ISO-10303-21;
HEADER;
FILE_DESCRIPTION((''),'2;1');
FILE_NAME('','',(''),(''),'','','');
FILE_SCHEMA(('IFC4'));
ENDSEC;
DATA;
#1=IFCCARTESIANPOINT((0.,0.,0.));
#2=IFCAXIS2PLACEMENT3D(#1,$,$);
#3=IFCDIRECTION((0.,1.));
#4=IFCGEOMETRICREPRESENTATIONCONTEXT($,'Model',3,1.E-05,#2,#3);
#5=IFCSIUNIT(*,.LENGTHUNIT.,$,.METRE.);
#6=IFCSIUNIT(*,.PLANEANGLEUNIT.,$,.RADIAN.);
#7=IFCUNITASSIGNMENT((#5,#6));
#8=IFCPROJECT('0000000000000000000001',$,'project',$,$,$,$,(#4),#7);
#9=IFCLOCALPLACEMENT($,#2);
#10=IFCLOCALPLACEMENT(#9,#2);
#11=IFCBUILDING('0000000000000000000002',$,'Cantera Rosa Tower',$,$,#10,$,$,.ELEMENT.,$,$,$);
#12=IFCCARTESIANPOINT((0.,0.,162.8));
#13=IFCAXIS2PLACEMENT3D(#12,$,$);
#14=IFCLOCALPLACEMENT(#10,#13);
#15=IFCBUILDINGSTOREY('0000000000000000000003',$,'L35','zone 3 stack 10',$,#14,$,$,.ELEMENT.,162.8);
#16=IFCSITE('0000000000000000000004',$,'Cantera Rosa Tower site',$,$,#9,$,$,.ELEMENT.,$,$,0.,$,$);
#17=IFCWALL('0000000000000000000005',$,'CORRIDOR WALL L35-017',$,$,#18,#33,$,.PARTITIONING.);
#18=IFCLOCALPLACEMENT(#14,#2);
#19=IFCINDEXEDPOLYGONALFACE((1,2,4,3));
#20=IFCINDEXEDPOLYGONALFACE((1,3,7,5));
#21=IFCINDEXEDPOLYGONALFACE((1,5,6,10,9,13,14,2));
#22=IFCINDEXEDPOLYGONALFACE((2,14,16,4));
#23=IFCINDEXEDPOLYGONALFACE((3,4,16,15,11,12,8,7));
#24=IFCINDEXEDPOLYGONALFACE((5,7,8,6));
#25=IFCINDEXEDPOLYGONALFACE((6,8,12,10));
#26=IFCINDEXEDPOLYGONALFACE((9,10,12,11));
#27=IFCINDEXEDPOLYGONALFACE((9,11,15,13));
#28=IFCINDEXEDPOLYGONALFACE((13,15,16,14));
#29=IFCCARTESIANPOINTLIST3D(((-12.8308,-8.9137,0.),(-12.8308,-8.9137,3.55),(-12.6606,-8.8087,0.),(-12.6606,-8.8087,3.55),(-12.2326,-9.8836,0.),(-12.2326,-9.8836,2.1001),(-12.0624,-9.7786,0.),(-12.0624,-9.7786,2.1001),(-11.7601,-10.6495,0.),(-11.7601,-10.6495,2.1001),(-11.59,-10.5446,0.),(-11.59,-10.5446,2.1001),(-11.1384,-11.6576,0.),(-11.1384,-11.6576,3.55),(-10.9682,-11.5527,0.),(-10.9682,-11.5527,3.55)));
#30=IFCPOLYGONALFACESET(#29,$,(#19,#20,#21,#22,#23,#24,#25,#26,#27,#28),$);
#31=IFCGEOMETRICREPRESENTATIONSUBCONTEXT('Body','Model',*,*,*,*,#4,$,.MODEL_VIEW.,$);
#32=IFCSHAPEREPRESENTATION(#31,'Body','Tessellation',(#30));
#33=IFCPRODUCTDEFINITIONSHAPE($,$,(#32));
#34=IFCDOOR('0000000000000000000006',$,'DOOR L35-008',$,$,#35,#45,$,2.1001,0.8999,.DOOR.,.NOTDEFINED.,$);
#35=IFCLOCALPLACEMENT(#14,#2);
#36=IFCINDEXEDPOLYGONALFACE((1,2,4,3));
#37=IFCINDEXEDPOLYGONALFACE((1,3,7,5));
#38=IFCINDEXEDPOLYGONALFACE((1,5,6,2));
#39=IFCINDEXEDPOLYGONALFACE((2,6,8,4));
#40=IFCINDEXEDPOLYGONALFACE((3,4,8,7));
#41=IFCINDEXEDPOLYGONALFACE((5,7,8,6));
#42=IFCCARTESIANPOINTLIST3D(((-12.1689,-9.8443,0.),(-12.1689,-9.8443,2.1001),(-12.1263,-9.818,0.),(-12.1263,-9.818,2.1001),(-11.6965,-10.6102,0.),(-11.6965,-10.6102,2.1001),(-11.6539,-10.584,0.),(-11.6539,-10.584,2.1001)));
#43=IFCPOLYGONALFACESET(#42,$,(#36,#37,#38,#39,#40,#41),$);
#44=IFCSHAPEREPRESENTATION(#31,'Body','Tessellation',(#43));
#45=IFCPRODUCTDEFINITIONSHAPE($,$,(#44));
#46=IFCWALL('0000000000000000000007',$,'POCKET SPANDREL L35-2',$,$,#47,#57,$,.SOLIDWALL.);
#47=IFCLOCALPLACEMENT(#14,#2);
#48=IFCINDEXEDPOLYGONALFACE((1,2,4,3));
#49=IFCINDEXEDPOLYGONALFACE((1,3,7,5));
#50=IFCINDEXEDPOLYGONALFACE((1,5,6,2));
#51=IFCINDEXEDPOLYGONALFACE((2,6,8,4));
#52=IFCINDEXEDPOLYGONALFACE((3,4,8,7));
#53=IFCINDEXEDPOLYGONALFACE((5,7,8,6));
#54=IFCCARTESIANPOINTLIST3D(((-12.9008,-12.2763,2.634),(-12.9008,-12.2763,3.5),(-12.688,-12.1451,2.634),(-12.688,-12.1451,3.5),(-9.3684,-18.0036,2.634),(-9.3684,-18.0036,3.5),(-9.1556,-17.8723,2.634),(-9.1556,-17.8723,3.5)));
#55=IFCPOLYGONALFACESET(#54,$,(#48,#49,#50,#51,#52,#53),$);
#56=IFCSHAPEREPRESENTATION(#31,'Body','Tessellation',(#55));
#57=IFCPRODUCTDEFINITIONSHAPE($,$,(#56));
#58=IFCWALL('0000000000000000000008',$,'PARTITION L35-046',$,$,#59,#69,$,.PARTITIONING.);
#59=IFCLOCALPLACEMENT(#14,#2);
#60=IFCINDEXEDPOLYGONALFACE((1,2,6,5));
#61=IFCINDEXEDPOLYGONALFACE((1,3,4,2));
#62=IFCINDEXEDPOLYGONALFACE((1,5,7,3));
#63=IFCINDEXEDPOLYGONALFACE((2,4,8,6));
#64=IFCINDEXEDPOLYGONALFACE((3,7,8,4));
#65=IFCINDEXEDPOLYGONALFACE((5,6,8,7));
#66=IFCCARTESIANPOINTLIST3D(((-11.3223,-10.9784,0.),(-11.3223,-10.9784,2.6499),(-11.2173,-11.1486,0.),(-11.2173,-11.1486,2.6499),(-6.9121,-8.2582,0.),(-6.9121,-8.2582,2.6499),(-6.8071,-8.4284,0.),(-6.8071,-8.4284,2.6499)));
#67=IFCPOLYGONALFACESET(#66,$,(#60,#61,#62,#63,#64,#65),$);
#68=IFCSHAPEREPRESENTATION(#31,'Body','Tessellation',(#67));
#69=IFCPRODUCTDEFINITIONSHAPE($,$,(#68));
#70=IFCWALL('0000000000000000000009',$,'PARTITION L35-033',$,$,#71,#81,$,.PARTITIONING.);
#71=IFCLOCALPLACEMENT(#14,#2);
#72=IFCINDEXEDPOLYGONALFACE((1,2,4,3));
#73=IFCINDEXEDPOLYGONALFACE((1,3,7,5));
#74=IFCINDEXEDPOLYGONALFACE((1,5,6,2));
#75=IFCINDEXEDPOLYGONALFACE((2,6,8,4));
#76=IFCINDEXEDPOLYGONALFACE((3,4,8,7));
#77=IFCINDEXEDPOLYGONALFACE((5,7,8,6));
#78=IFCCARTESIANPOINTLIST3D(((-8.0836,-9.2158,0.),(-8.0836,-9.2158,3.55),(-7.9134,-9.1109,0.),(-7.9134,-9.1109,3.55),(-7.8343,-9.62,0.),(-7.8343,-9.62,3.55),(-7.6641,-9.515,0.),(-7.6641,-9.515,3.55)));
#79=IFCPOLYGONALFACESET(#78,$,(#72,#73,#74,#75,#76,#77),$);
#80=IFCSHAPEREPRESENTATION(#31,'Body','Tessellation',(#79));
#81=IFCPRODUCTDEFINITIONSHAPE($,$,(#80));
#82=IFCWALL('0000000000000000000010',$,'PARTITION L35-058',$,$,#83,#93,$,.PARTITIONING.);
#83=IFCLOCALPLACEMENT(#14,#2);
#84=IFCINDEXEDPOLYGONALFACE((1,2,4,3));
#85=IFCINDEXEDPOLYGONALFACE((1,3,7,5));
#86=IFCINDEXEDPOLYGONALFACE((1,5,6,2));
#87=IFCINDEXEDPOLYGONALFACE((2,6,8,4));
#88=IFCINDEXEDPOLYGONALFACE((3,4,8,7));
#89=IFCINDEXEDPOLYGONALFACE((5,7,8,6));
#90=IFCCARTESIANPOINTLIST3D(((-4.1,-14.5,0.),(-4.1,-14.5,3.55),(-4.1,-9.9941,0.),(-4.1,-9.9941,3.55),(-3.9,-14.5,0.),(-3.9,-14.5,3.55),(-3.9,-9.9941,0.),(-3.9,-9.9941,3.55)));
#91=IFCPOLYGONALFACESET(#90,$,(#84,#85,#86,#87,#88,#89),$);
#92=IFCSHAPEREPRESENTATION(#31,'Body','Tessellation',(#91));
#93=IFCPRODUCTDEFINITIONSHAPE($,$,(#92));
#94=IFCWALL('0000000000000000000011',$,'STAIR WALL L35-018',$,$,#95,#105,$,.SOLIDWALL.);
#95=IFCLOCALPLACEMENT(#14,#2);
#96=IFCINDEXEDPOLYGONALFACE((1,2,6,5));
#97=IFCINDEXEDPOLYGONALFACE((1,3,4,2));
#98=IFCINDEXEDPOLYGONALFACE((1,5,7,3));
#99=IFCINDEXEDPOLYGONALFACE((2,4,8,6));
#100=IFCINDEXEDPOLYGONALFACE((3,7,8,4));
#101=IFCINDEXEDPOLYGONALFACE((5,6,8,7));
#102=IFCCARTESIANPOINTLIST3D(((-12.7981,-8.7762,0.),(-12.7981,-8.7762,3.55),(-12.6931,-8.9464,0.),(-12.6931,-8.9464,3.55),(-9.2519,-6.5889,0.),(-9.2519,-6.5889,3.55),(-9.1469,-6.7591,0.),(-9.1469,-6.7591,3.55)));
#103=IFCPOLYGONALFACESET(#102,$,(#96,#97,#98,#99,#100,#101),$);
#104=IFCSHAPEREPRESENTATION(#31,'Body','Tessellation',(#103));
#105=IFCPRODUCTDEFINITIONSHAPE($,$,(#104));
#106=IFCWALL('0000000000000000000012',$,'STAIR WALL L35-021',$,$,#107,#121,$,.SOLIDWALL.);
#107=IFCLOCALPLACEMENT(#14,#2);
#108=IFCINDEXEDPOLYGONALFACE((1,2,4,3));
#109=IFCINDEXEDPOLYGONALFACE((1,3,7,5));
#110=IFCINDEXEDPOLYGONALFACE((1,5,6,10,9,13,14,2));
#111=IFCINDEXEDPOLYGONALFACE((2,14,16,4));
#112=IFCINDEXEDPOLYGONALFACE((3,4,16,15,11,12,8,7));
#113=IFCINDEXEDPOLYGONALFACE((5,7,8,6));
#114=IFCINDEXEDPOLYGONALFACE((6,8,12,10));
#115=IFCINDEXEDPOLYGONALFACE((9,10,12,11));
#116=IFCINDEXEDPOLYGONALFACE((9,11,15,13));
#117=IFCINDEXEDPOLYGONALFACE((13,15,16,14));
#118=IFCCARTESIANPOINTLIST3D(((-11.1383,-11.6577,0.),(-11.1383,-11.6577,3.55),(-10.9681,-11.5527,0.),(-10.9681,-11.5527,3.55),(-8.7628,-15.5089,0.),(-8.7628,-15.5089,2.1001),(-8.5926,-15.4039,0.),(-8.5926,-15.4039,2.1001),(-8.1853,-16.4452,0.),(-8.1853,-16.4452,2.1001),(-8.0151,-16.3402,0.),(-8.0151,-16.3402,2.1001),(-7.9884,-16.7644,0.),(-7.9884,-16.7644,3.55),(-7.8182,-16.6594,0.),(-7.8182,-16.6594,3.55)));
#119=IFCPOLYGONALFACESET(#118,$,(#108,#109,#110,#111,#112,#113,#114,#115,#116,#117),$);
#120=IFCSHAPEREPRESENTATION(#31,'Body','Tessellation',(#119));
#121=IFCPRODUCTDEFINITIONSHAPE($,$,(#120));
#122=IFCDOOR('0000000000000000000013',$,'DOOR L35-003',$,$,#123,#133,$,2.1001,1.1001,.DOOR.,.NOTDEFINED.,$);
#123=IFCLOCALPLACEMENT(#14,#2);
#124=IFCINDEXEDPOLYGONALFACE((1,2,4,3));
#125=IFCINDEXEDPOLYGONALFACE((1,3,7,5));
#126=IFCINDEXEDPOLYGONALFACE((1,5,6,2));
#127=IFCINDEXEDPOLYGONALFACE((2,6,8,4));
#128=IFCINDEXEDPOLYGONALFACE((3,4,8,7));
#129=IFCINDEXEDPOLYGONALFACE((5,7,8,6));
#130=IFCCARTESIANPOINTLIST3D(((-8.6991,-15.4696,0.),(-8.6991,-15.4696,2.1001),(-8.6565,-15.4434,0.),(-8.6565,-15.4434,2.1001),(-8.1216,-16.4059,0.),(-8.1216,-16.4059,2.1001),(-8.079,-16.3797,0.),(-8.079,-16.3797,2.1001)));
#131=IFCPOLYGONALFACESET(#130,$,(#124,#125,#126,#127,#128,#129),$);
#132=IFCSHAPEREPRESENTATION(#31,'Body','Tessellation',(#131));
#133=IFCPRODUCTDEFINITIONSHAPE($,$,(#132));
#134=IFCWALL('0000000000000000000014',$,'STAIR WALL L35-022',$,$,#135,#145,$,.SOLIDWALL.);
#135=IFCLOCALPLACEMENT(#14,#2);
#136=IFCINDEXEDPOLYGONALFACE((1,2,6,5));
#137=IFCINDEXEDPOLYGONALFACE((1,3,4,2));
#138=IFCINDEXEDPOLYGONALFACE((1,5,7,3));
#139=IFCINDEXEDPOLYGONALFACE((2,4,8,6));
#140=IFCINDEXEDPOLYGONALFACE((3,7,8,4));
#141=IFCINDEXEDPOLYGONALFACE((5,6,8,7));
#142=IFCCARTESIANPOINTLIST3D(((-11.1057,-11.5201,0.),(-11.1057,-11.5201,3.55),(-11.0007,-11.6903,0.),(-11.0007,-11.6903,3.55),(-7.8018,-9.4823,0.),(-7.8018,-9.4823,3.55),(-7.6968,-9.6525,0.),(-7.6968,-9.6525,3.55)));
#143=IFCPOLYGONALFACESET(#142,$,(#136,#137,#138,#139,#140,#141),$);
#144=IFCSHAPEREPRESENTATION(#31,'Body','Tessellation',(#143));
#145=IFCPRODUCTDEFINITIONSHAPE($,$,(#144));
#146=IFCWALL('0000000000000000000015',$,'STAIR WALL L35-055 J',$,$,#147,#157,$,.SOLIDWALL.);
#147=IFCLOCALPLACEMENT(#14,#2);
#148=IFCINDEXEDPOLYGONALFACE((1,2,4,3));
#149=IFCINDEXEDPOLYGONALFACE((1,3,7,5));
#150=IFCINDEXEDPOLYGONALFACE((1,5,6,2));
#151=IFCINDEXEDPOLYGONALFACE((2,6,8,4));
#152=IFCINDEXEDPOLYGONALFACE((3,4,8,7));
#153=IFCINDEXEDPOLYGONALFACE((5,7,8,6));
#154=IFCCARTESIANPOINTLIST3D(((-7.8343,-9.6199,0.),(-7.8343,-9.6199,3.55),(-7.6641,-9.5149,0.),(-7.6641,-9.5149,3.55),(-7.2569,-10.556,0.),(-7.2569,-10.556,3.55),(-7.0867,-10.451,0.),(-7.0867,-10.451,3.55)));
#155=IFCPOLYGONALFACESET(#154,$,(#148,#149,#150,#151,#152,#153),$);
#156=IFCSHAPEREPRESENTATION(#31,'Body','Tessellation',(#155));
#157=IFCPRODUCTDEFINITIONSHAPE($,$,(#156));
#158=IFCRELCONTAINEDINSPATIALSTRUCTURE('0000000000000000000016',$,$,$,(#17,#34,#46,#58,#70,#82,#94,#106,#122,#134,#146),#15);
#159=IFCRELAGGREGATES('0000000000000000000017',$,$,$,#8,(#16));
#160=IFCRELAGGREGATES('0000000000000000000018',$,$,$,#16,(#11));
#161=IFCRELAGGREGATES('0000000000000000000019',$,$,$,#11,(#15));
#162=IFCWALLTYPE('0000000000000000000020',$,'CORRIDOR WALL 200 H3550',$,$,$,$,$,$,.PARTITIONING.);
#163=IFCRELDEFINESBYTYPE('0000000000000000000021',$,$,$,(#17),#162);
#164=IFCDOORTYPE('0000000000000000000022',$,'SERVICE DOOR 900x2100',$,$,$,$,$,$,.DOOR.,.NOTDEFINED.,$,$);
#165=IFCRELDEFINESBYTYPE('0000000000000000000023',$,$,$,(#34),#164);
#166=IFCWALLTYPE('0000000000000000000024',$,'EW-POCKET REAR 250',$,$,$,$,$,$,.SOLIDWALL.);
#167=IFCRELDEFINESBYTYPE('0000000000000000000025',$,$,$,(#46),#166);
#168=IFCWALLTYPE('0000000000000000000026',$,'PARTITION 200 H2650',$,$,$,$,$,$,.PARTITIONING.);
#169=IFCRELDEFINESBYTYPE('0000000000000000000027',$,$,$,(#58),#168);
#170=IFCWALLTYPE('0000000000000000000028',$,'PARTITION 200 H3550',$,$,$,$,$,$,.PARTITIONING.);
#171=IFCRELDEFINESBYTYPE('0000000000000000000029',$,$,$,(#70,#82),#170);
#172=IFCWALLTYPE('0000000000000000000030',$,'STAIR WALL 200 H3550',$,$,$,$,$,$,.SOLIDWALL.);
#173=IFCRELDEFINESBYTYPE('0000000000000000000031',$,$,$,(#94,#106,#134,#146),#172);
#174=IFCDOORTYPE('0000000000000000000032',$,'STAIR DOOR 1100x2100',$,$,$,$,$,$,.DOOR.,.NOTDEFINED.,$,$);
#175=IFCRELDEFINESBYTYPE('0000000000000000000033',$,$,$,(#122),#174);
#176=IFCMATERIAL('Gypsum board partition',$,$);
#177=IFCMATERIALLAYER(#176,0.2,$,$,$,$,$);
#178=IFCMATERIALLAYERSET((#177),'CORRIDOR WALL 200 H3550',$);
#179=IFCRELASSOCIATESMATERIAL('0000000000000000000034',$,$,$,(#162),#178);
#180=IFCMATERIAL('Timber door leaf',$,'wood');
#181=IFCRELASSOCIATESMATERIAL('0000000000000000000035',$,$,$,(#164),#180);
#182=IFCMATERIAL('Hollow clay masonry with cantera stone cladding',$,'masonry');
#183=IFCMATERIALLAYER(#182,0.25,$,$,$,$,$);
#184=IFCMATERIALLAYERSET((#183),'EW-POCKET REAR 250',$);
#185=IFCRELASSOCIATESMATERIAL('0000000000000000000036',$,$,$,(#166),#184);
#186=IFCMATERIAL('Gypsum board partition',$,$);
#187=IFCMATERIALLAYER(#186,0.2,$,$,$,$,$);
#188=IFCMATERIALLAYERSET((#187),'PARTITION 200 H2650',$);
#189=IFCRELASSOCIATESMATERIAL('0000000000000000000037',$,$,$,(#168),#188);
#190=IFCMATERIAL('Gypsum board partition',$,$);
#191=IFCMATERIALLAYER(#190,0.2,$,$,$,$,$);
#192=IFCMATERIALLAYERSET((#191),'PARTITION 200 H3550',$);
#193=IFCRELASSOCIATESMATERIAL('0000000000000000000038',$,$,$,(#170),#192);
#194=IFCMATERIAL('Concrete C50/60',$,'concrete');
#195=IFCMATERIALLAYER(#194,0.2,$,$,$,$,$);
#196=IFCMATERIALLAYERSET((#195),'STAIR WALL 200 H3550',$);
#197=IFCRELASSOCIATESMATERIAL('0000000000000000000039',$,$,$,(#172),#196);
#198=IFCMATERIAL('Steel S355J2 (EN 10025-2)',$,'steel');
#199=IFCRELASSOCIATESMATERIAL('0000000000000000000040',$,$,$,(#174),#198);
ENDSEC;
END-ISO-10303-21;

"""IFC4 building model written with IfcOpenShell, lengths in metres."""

from ifc_helpers import new_model, si_unit, direction, frame, frame_2d, origin, place, context, subcontext, project, spatial, rectangle, extrude, material, layer, layer_set, type_object, element, fill, save


model = new_model("IFC4")

# Units and contexts
model_context = context("Model", 3, precision=1e-05, world=origin(), true_north=direction((0.0, 1.0)))
body_context = subcontext(model_context, "Body", "Model", "MODEL_VIEW")
ifc_project = project(units=[si_unit("LENGTHUNIT", "METRE"), si_unit("PLANEANGLEUNIT", "RADIAN")], contexts=[model_context])

# Site, building, storey
site_placement = place(None, origin())
site = spatial("IfcSite", under=ifc_project, at=site_placement, Name="Cantera Rosa Tower site", CompositionType="ELEMENT", RefElevation=0.0)
building_placement = place(site_placement, origin())
building = spatial("IfcBuilding", under=site, at=building_placement, Name="Cantera Rosa Tower", CompositionType="ELEMENT")
storey_placement = place(building_placement, frame((0.0, 0.0, 162.8)))
storey = spatial("IfcBuildingStorey", under=building, at=storey_placement, Name="L35", Description="zone 3 stack 10", CompositionType="ELEMENT", Elevation=162.8)

# Wall, opening, door
ifc_material_1 = material(Name="Gypsum board partition")
ifc_layer_1 = layer(ifc_material_1, 0.2)
ifc_layer_set_1 = layer_set([ifc_layer_1], Name="CORRIDOR WALL 200 H3550")
wall_type_1 = type_object("IfcWallType", Name="CORRIDOR WALL 200 H3550", PredefinedType="PARTITIONING", material=ifc_layer_set_1)
wall_1_placement = place(storey_placement, frame((-12.7456, -8.8613, 0.0), z_axis=(0.0, 0.0, 1.0), x_axis=(0.524959, -0.851127, 0.0)))
wall_1 = element("IfcWall", 1, at=wall_1_placement, inside=storey, type_object=wall_type_1, Name="CORRIDOR WALL L35-017", PredefinedType="PARTITIONING", context=body_context, shape_type="SweptSolid", body=[
    extrude(rectangle(XDim=3.2239, YDim=0.2, at=frame_2d((1.6118, 0.0))), origin(), (0.0, 0.0, 1.0), 3.55),
])
opening_1_placement = place(wall_1_placement, frame((1.1394, 0.0, 0.0)))
opening_1 = element("IfcOpeningElement", 2, at=opening_1_placement, cuts=wall_1, PredefinedType="OPENING", context=body_context, shape_type="SweptSolid", body=[
    extrude(rectangle(XDim=0.8999, YDim=2.1001, at=frame_2d((0.45, 1.05))), frame((0.0, 0.1099, 0.0), z_axis=(0.0, -1.0, 0.0), x_axis=(1.0, 0.0, 0.0)), (0.0, 0.0, 1.0), 0.22),
])
ifc_material_2 = material(Name="Timber door leaf", Category="wood")
door_type_1 = type_object("IfcDoorType", Name="SERVICE DOOR 900x2100", OperationType="NOTDEFINED", PredefinedType="DOOR", material=ifc_material_2)
door_1_placement = place(opening_1_placement, origin())
door_1 = element("IfcDoor", 3, at=door_1_placement, inside=storey, type_object=door_type_1, Name="DOOR L35-008", OperationType="NOTDEFINED", OverallHeight=2.1001, OverallWidth=0.8999, PredefinedType="DOOR", context=body_context, shape_type="SweptSolid", body=[
    extrude(rectangle(XDim=0.8999, YDim=2.1001, at=frame_2d((0.45, 1.05))), frame((0.0, 0.0249, 0.0), z_axis=(0.0, -1.0, 0.0), x_axis=(1.0, 0.0, 0.0)), (0.0, 0.0, 1.0), 0.05),
])
fill(opening_1, door_1)

# Walls
ifc_material_3 = material(Name="Hollow clay masonry with cantera stone cladding", Category="masonry")
ifc_layer_2 = layer(ifc_material_3, 0.25)
ifc_layer_set_2 = layer_set([ifc_layer_2], Name="EW-POCKET REAR 250")
wall_type_2 = type_object("IfcWallType", Name="EW-POCKET REAR 250", PredefinedType="SOLIDWALL", material=ifc_layer_set_2)
wall_2_placement = place(storey_placement, frame((-12.7944, -12.2107, 2.634), z_axis=(0.0, 0.0, 1.0), x_axis=(0.524957, -0.851128, 0.0)))
element("IfcWall", 4, at=wall_2_placement, inside=storey, type_object=wall_type_2, Name="POCKET SPANDREL L35-2", PredefinedType="SOLIDWALL", context=body_context, shape_type="SweptSolid", body=[
    extrude(rectangle(XDim=6.729, YDim=0.25, at=frame_2d((3.3645, 0.0))), origin(), (0.0, 0.0, 1.0), 0.866),
])
ifc_material_4 = material(Name="Gypsum board partition")
ifc_layer_3 = layer(ifc_material_4, 0.2)
ifc_layer_set_3 = layer_set([ifc_layer_3], Name="PARTITION 200 H2650")
wall_type_3 = type_object("IfcWallType", Name="PARTITION 200 H2650", PredefinedType="PARTITIONING", material=ifc_layer_set_3)
wall_3_placement = place(storey_placement, frame((-6.8596, -8.3433, 0.0), z_axis=(0.0, 0.0, 1.0), x_axis=(-0.851118, -0.524975, 0.0)))
element("IfcWall", 5, at=wall_3_placement, inside=storey, type_object=wall_type_3, Name="PARTITION L35-046", PredefinedType="PARTITIONING", context=body_context, shape_type="SweptSolid", body=[
    extrude(rectangle(XDim=5.1816, YDim=0.2, at=frame_2d((2.5908, 0.0))), origin(), (0.0, 0.0, 1.0), 2.6499),
])
ifc_material_5 = material(Name="Gypsum board partition")
ifc_layer_4 = layer(ifc_material_5, 0.2)
ifc_layer_set_4 = layer_set([ifc_layer_4], Name="PARTITION 200 H3550")
wall_type_4 = type_object("IfcWallType", Name="PARTITION 200 H3550", PredefinedType="PARTITIONING", material=ifc_layer_set_4)
wall_4_placement = place(storey_placement, frame((-7.7493, -9.5674, 0.0), z_axis=(0.0, 0.0, 1.0), x_axis=(-0.525044, 0.851075, 0.0)))
element("IfcWall", 6, at=wall_4_placement, inside=storey, type_object=wall_type_4, Name="PARTITION L35-033", PredefinedType="PARTITIONING", context=body_context, shape_type="SweptSolid", body=[
    extrude(rectangle(XDim=0.4749, YDim=0.2, at=frame_2d((0.2373, 0.0))), origin(), (0.0, 0.0, 1.0), 3.55),
])
wall_5_placement = place(storey_placement, frame((-4.0, -9.9941, 0.0), z_axis=(0.0, 0.0, 1.0), x_axis=(0.0, -1.0, 0.0)))
element("IfcWall", 7, at=wall_5_placement, inside=storey, type_object=wall_type_4, Name="PARTITION L35-058", PredefinedType="PARTITIONING", context=body_context, shape_type="SweptSolid", body=[
    extrude(rectangle(XDim=4.5059, YDim=0.2, at=frame_2d((2.2529, 0.0))), origin(), (0.0, 0.0, 1.0), 3.55),
])
ifc_material_6 = material(Name="Concrete C50/60", Category="concrete")
ifc_layer_5 = layer(ifc_material_6, 0.2)
ifc_layer_set_5 = layer_set([ifc_layer_5], Name="STAIR WALL 200 H3550")
wall_type_5 = type_object("IfcWallType", Name="STAIR WALL 200 H3550", PredefinedType="SOLIDWALL", material=ifc_layer_set_5)
wall_6_placement = place(storey_placement, frame((-12.7456, -8.8613, 0.0), z_axis=(0.0, 0.0, 1.0), x_axis=(0.851121, 0.52497, 0.0)))
element("IfcWall", 8, at=wall_6_placement, inside=storey, type_object=wall_type_5, Name="STAIR WALL L35-018", PredefinedType="SOLIDWALL", context=body_context, shape_type="SweptSolid", body=[
    extrude(rectangle(XDim=4.1665, YDim=0.2, at=frame_2d((2.0833, 0.0))), origin(), (0.0, 0.0, 1.0), 3.55),
])

# Wall, opening, door
wall_7_placement = place(storey_placement, frame((-11.0532, -11.6052, 0.0), z_axis=(0.0, 0.0, 1.0), x_axis=(0.524983, -0.851113, 0.0)))
wall_7 = element("IfcWall", 9, at=wall_7_placement, inside=storey, type_object=wall_type_5, Name="STAIR WALL L35-021", PredefinedType="SOLIDWALL", context=body_context, shape_type="SweptSolid", body=[
    extrude(rectangle(XDim=6.0, YDim=0.2, at=frame_2d((3.0, 0.0))), origin(), (0.0, 0.0, 1.0), 3.55),
])
opening_2_placement = place(wall_7_placement, frame((4.5249, 0.0, 0.0)))
opening_2 = element("IfcOpeningElement", 10, at=opening_2_placement, cuts=wall_7, PredefinedType="OPENING", context=body_context, shape_type="SweptSolid", body=[
    extrude(rectangle(XDim=1.1001, YDim=2.1001, at=frame_2d((0.55, 1.05))), frame((0.0, 0.1099, 0.0), z_axis=(0.0, -1.0, 0.0), x_axis=(1.0, 0.0, 0.0)), (0.0, 0.0, 1.0), 0.22),
])
ifc_material_7 = material(Name="Steel S355J2 (EN 10025-2)", Category="steel")
door_type_2 = type_object("IfcDoorType", Name="STAIR DOOR 1100x2100", OperationType="NOTDEFINED", PredefinedType="DOOR", material=ifc_material_7)
door_2_placement = place(opening_2_placement, origin())
door_2 = element("IfcDoor", 11, at=door_2_placement, inside=storey, type_object=door_type_2, Name="DOOR L35-003", OperationType="NOTDEFINED", OverallHeight=2.1001, OverallWidth=1.1001, PredefinedType="DOOR", context=body_context, shape_type="SweptSolid", body=[
    extrude(rectangle(XDim=1.1001, YDim=2.1001, at=frame_2d((0.55, 1.05))), frame((0.0, 0.0249, 0.0), z_axis=(0.0, -1.0, 0.0), x_axis=(1.0, 0.0, 0.0)), (0.0, 0.0, 1.0), 0.05),
])
fill(opening_2, door_2)

# Walls
wall_8_placement = place(storey_placement, frame((-11.0532, -11.6052, 0.0), z_axis=(0.0, 0.0, 1.0), x_axis=(0.851125, 0.524964, 0.0)))
element("IfcWall", 12, at=wall_8_placement, inside=storey, type_object=wall_type_5, Name="STAIR WALL L35-022", PredefinedType="SOLIDWALL", context=body_context, shape_type="SweptSolid", body=[
    extrude(rectangle(XDim=3.8818, YDim=0.2, at=frame_2d((1.9409, 0.0))), origin(), (0.0, 0.0, 1.0), 3.55),
])
wall_9_placement = place(storey_placement, frame((-7.1719, -10.5034, 0.0), z_axis=(0.0, 0.0, 1.0), x_axis=(-0.525001, 0.851101, 0.0)))
element("IfcWall", 13, at=wall_9_placement, inside=storey, type_object=wall_type_5, Name="STAIR WALL L35-055 J", PredefinedType="SOLIDWALL", context=body_context, shape_type="SweptSolid", body=[
    extrude(rectangle(XDim=1.0999, YDim=0.2, at=frame_2d((0.5498, 0.0))), origin(), (0.0, 0.0, 1.0), 3.55),
])

save(model, "model.ifc")
